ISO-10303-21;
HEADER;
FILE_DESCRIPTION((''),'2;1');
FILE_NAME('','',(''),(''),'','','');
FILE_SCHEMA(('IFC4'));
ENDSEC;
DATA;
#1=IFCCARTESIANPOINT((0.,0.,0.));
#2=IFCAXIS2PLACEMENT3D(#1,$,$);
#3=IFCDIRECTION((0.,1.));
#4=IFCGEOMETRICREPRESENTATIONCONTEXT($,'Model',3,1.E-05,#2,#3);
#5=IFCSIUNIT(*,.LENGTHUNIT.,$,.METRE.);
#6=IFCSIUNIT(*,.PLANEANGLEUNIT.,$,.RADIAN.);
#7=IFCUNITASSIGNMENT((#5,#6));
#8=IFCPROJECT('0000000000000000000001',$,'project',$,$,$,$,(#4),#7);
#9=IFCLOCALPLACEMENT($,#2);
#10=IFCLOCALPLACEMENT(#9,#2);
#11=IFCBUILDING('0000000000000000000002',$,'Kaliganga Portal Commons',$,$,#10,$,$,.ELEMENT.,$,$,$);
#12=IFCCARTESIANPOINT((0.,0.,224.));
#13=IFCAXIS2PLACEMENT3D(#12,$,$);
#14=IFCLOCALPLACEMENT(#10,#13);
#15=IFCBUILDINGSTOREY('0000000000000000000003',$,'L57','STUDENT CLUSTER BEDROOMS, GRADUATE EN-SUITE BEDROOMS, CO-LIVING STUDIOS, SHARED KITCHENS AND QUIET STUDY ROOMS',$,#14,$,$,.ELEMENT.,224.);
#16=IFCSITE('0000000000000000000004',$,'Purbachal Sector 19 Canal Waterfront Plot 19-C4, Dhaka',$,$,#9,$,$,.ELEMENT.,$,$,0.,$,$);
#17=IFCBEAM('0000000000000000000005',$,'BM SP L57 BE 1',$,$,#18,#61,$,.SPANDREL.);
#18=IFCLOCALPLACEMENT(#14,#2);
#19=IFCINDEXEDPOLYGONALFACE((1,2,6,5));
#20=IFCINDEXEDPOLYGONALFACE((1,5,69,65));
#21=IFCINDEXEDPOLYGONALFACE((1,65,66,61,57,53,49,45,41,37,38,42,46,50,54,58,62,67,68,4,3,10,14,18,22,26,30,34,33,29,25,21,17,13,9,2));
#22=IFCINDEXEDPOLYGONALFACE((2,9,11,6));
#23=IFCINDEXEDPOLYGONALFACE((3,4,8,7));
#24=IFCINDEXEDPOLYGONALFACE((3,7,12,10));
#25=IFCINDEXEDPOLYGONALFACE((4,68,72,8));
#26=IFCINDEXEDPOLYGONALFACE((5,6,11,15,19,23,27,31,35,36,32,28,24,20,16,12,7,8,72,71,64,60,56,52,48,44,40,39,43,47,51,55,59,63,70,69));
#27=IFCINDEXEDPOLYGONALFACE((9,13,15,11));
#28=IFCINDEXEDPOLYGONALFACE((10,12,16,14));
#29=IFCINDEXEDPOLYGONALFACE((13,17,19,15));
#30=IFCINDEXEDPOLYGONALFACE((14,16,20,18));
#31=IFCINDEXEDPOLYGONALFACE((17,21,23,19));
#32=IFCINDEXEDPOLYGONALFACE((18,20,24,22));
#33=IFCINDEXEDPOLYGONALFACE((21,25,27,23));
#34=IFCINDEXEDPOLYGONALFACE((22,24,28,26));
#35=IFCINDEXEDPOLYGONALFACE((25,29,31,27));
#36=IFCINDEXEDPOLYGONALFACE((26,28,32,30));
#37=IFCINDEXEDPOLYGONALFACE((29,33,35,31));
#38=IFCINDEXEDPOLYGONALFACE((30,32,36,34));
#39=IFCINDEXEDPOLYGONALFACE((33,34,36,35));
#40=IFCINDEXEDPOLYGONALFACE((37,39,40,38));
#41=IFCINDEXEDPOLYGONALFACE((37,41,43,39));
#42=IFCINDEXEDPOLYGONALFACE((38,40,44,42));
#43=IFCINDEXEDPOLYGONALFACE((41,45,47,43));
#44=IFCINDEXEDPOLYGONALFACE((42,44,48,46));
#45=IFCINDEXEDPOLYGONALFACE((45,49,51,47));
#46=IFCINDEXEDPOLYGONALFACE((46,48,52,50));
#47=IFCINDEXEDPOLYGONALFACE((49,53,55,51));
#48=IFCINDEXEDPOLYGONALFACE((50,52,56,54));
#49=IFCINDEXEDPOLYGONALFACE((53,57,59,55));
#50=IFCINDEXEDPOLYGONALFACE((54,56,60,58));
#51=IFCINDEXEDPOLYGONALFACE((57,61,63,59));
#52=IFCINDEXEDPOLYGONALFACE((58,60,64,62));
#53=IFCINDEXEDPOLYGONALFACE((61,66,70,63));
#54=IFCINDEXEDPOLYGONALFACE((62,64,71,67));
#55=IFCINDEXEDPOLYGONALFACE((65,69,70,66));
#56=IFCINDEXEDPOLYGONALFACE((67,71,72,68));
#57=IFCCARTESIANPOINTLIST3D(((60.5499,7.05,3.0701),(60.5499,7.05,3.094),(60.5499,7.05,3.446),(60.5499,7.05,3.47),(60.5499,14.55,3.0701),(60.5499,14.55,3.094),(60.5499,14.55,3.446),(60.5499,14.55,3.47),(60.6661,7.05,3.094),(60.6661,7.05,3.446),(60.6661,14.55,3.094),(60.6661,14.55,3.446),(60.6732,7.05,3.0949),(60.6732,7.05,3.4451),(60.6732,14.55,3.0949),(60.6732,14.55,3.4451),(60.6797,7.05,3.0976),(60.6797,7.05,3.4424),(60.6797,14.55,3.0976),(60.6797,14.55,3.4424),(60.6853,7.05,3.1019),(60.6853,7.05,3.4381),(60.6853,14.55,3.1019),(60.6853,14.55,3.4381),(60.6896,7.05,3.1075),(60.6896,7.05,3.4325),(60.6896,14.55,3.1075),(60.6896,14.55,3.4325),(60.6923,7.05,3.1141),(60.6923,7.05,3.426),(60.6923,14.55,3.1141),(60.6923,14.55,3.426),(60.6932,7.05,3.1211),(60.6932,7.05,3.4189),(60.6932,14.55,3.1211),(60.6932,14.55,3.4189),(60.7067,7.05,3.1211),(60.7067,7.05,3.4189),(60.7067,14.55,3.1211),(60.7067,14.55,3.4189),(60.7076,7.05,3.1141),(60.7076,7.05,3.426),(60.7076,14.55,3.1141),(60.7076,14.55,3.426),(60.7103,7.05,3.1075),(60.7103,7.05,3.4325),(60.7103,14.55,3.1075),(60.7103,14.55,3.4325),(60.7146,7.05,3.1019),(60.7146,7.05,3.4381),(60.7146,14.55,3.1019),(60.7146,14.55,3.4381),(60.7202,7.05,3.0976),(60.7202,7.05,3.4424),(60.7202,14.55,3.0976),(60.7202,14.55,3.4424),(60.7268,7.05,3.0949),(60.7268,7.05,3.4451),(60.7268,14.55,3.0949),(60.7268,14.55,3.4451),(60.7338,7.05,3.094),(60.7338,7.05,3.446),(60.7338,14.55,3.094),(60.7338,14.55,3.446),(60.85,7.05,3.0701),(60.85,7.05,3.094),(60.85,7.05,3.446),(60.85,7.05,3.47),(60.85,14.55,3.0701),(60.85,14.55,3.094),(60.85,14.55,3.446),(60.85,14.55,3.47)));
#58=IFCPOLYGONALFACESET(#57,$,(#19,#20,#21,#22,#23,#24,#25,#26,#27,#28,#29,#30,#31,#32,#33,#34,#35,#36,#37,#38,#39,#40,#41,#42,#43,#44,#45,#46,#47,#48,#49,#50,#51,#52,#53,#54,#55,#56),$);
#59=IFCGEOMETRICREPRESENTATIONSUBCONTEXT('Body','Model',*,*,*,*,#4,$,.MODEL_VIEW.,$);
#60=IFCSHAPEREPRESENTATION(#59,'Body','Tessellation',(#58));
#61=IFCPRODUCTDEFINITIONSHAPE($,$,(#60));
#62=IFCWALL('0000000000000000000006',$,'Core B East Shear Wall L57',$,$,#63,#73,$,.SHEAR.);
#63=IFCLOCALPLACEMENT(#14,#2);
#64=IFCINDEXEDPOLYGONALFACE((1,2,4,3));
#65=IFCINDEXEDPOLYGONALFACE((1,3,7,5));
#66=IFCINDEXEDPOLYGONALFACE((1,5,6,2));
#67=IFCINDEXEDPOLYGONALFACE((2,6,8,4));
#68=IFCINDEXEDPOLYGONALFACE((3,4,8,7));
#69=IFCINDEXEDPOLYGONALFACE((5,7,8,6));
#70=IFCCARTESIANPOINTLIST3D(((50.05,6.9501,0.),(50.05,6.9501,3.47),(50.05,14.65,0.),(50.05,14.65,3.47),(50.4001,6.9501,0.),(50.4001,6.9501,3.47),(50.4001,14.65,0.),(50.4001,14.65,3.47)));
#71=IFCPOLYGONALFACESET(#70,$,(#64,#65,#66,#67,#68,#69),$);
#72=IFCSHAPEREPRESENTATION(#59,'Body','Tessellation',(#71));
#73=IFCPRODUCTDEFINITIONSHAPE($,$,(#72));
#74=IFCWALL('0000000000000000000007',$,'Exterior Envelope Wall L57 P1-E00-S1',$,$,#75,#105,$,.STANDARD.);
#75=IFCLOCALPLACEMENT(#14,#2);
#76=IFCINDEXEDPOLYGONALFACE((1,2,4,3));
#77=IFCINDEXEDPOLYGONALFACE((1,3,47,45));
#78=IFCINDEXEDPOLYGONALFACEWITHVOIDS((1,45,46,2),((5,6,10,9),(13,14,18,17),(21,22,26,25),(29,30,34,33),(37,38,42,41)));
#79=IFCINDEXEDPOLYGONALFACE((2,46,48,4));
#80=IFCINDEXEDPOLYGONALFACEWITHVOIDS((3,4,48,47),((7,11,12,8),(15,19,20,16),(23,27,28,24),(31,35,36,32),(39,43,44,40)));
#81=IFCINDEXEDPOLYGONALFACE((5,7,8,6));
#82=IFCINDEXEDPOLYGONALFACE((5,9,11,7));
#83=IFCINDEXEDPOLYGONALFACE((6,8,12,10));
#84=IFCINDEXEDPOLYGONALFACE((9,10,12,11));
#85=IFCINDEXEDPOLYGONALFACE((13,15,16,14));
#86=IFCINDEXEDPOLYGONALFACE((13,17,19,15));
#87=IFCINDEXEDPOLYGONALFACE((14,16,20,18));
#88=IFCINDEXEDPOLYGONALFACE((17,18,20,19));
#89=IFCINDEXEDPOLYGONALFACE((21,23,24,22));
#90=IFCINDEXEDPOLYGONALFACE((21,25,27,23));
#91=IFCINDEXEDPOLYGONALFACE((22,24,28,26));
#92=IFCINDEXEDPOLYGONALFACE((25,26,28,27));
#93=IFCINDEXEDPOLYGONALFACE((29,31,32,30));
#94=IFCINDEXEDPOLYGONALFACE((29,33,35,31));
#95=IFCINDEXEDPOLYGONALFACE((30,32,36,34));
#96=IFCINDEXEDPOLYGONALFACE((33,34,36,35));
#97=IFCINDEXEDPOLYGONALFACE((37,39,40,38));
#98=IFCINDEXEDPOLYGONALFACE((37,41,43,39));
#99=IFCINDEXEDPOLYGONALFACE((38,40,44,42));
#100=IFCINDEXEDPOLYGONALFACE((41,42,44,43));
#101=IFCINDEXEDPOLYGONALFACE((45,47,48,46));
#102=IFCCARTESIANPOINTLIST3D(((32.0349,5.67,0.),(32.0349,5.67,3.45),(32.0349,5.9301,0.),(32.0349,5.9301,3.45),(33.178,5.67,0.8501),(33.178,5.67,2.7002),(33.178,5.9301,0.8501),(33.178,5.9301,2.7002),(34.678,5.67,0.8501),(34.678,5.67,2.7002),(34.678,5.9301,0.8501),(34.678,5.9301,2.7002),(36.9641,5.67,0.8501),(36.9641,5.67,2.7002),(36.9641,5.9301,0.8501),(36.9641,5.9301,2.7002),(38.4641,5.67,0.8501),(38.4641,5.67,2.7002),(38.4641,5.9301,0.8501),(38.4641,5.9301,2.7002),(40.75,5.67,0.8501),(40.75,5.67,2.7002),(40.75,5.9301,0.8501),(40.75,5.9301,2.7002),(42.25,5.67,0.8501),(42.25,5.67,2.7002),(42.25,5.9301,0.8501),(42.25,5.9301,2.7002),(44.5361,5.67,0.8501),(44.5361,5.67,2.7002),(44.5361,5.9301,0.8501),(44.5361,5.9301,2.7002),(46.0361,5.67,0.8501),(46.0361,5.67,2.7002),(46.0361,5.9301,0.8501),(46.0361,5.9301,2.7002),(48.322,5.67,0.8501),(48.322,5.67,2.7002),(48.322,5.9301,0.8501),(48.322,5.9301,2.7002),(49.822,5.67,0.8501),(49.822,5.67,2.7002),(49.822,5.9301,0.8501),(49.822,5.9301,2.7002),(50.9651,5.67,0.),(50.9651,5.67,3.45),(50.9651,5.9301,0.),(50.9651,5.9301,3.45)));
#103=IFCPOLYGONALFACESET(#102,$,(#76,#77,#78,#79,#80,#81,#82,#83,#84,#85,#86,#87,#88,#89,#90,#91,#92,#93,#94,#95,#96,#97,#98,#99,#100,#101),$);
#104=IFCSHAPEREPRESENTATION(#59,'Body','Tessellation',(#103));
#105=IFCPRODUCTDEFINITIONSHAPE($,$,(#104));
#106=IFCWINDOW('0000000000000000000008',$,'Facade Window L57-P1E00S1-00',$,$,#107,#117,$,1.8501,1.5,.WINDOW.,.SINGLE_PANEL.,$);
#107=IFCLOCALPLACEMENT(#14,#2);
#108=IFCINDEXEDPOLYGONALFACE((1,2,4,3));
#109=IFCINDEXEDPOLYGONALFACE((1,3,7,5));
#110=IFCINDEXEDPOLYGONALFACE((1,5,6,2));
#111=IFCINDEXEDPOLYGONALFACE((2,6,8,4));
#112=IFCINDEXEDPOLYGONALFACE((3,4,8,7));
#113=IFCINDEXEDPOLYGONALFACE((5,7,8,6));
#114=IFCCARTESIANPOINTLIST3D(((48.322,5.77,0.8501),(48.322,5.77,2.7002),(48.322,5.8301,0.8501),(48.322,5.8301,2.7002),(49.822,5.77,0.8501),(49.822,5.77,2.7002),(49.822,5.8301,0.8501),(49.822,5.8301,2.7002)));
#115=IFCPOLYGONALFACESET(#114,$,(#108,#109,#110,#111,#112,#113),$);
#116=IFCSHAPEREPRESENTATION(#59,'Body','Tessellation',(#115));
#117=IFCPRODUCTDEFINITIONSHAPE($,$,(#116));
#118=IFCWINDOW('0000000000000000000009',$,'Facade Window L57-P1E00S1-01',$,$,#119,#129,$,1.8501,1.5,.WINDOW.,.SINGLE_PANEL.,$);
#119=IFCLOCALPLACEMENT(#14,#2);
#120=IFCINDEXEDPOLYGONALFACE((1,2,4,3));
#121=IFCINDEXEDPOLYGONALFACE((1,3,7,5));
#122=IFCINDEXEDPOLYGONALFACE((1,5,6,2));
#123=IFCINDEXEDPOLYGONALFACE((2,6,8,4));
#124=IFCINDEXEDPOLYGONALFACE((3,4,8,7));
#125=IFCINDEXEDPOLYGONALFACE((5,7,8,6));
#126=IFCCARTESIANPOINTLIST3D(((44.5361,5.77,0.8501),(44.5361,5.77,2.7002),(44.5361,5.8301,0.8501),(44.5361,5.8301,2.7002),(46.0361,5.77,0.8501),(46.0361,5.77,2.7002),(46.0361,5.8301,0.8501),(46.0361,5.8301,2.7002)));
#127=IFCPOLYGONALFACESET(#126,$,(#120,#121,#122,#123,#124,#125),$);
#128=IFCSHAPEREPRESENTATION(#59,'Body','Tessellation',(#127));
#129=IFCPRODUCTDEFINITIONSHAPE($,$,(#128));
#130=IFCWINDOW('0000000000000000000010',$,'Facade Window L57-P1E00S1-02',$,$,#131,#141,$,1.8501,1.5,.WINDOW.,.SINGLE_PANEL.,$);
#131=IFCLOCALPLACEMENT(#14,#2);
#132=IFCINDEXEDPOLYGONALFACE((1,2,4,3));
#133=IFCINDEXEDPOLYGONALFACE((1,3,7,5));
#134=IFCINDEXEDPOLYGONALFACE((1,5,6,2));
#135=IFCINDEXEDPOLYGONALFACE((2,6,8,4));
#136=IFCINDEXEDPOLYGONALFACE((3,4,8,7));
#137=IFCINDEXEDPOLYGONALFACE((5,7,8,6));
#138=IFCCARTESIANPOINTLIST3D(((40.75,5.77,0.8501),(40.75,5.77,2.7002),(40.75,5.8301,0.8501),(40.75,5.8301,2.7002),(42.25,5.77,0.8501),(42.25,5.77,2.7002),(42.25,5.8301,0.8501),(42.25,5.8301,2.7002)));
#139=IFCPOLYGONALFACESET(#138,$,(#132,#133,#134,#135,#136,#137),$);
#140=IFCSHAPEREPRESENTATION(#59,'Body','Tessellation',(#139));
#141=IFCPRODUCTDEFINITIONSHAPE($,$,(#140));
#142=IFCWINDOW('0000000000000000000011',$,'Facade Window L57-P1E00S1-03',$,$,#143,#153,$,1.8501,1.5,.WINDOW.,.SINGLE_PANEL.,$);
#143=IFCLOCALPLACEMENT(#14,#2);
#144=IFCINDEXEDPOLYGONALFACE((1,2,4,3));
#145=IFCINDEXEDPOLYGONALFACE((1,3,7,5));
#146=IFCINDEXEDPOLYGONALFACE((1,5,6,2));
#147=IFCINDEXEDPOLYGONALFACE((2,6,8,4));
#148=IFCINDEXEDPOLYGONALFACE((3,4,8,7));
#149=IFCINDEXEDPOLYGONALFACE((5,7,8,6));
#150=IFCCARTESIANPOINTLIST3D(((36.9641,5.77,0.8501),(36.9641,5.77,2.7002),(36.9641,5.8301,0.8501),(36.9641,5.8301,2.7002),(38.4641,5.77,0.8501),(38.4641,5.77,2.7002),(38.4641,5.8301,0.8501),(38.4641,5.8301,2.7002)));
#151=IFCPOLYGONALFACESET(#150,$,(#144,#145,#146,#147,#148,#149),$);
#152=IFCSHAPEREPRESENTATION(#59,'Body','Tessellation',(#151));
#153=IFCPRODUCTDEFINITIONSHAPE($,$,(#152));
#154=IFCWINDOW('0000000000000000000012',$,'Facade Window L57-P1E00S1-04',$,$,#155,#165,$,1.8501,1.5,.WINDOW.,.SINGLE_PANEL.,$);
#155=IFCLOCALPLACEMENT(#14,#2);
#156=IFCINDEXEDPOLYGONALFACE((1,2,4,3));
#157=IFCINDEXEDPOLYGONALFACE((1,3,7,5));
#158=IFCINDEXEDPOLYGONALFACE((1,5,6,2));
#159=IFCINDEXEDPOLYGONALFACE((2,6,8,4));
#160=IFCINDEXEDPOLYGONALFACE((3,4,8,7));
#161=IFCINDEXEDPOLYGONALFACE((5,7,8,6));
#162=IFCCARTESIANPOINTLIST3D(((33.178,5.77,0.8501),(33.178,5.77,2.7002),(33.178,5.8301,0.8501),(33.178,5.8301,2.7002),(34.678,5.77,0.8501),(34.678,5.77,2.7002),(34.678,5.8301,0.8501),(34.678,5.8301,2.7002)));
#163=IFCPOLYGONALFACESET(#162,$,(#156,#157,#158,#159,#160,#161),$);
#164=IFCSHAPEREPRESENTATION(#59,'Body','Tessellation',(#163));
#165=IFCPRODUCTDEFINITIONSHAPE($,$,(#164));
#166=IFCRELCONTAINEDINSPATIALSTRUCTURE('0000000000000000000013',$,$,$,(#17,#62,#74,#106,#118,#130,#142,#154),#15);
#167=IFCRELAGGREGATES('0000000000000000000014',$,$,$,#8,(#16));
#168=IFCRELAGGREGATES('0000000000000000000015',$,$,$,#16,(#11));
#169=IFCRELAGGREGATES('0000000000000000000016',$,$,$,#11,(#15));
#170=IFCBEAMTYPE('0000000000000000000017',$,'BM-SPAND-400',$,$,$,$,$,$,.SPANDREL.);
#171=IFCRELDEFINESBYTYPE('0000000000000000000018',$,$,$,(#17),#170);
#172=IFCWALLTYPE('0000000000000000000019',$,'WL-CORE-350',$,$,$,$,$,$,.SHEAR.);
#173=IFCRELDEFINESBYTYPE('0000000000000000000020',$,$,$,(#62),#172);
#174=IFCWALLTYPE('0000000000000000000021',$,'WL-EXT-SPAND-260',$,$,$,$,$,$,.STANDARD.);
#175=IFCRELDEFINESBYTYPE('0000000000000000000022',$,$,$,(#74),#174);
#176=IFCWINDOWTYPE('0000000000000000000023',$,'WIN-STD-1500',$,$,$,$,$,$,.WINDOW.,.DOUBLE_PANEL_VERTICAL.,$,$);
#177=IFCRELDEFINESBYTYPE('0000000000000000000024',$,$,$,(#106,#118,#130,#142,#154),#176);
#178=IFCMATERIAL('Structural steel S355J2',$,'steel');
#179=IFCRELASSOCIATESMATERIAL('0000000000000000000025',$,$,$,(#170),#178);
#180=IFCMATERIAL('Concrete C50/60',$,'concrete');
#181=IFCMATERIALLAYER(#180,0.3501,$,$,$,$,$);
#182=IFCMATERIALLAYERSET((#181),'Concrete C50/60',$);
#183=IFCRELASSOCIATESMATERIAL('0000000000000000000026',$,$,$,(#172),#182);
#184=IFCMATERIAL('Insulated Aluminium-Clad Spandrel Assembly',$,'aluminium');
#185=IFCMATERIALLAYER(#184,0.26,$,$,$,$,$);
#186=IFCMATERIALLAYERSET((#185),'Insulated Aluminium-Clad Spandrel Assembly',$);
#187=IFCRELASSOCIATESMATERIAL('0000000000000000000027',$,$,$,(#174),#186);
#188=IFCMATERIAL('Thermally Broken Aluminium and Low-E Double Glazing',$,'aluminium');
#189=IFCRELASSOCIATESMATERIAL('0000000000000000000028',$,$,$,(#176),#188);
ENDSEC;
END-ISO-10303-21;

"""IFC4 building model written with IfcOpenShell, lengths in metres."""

from ifc_helpers import new_model, si_unit, direction, frame, frame_2d, origin, origin_2d, place, context, subcontext, project, spatial, rectangle, i_section, extrude, source, transform, mapped, material, layer, layer_set, material_profile, profile_set, type_object, element, fill, save


model = new_model("IFC4")

# Units and contexts
model_context = context("Model", 3, precision=1e-05, world=origin(), true_north=direction((0.0, 1.0)))
body_context = subcontext(model_context, "Body", "Model", "MODEL_VIEW")
ifc_project = project(units=[si_unit("LENGTHUNIT", "METRE"), si_unit("PLANEANGLEUNIT", "RADIAN")], contexts=[model_context])

# Site, building, storey
site_placement = place(None, origin())
site = spatial("IfcSite", under=ifc_project, at=site_placement, Name="Purbachal Sector 19 Canal Waterfront Plot 19-C4, Dhaka", CompositionType="ELEMENT", RefElevation=0.0)
building_placement = place(site_placement, origin())
building = spatial("IfcBuilding", under=site, at=building_placement, Name="Kaliganga Portal Commons", CompositionType="ELEMENT")
storey_placement = place(building_placement, frame((0.0, 0.0, 224.0)))
storey = spatial("IfcBuildingStorey", under=building, at=storey_placement, Name="L57", Description="STUDENT CLUSTER BEDROOMS, GRADUATE EN-SUITE BEDROOMS, CO-LIVING STUDIOS, SHARED KITCHENS AND QUIET STUDY ROOMS", CompositionType="ELEMENT", Elevation=224.0)

# Shared definitions
ifc_material_1 = material(Name="Concrete C50/60", Category="concrete")
ifc_material_2 = material(Name="Structural steel S355J2", Category="steel")

# Beam
ifc_material_profile_1 = material_profile(ifc_material_2, i_section(OverallWidth=0.3, OverallDepth=0.3999, WebThickness=0.0134, FlangeThickness=0.0239, FilletRadius=0.0271, at=origin_2d()), Name="HE 400 B")
ifc_profile_set_1 = profile_set([ifc_material_profile_1], Name="Structural steel S355J2 wide-flange")
beam_type_1 = type_object("IfcBeamType", Name="BM-SPAND-400", PredefinedType="SPANDREL", material=ifc_profile_set_1)
shared_shape_1 = source(origin(), body_context, "Body", "SweptSolid", [
    extrude(i_section(OverallWidth=0.3, OverallDepth=0.3999, WebThickness=0.0134, FlangeThickness=0.0239, FilletRadius=0.0271, at=origin_2d()), origin(), (0.0, 0.0, 1.0), 7.5),
])
beam_1_placement = place(storey_placement, frame((60.7, 7.05, 3.27), z_axis=(0.0, 1.0, 0.0), x_axis=(-1.0, 0.0, 0.0)))
element("IfcBeam", 1, at=beam_1_placement, inside=storey, type_object=beam_type_1, Name="BM SP L57 BE 1", PredefinedType="SPANDREL", context=body_context, shape_type="MappedRepresentation", body=[
    mapped(shared_shape_1, transform((0.0, 0.0, 0.0), x_axis=(1.0, 0.0, 0.0), y_axis=(0.0, 1.0, 0.0), z_axis=(0.0, 0.0, 1.0), scale=1.0)),
])

# Wall
ifc_layer_1 = layer(ifc_material_1, 0.3501)
ifc_layer_set_1 = layer_set([ifc_layer_1], Name="Concrete C50/60")
wall_type_1 = type_object("IfcWallType", Name="WL-CORE-350", PredefinedType="SHEAR", material=ifc_layer_set_1)
wall_1_placement = place(storey_placement, frame((50.2251, 6.95, 0.0), z_axis=(0.0, 0.0, 1.0), x_axis=(0.0, 1.0, 0.0)))
element("IfcWall", 2, at=wall_1_placement, inside=storey, type_object=wall_type_1, Name="Core B East Shear Wall L57", PredefinedType="SHEAR", context=body_context, shape_type="SweptSolid", body=[
    extrude(rectangle(XDim=7.7, YDim=0.3501, at=frame_2d((3.8501, 0.0))), origin(), (0.0, 0.0, 1.0), 3.47),
])

# Wall, openings, windows
ifc_material_3 = material(Name="Insulated Aluminium-Clad Spandrel Assembly", Category="aluminium")
ifc_layer_2 = layer(ifc_material_3, 0.26)
ifc_layer_set_2 = layer_set([ifc_layer_2], Name="Insulated Aluminium-Clad Spandrel Assembly")
wall_type_2 = type_object("IfcWallType", Name="WL-EXT-SPAND-260", PredefinedType="STANDARD", material=ifc_layer_set_2)
wall_2_placement = place(storey_placement, frame((50.9651, 5.8, 0.0), z_axis=(0.0, 0.0, 1.0), x_axis=(-1.0, 0.0, 0.0)))
wall_2 = element("IfcWall", 3, at=wall_2_placement, inside=storey, type_object=wall_type_2, Name="Exterior Envelope Wall L57 P1-E00-S1", PredefinedType="STANDARD", context=body_context, shape_type="SweptSolid", body=[
    extrude(rectangle(XDim=18.9302, YDim=0.26, at=frame_2d((9.4651, 0.0))), origin(), (0.0, 0.0, 1.0), 3.45),
])
opening_1_placement = place(wall_2_placement, frame((1.1431, 0.0, 0.8501)))
opening_1 = element("IfcOpeningElement", 4, at=opening_1_placement, cuts=wall_2, PredefinedType="OPENING", context=body_context, shape_type="SweptSolid", body=[
    extrude(rectangle(XDim=1.5, YDim=1.8501, at=frame_2d((0.75, 0.925))), frame((0.0, 0.1401, 0.0), z_axis=(0.0, -1.0, 0.0), x_axis=(1.0, 0.0, 0.0)), (0.0, 0.0, 1.0), 0.28),
])
opening_2_placement = place(wall_2_placement, frame((4.929, 0.0, 0.8501)))
opening_2 = element("IfcOpeningElement", 5, at=opening_2_placement, cuts=wall_2, PredefinedType="OPENING", context=body_context, shape_type="SweptSolid", body=[
    extrude(rectangle(XDim=1.5, YDim=1.8501, at=frame_2d((0.75, 0.925))), frame((0.0, 0.1401, 0.0), z_axis=(0.0, -1.0, 0.0), x_axis=(1.0, 0.0, 0.0)), (0.0, 0.0, 1.0), 0.28),
])
opening_3_placement = place(wall_2_placement, frame((8.7151, 0.0, 0.8501)))
opening_3 = element("IfcOpeningElement", 6, at=opening_3_placement, cuts=wall_2, PredefinedType="OPENING", context=body_context, shape_type="SweptSolid", body=[
    extrude(rectangle(XDim=1.5, YDim=1.8501, at=frame_2d((0.75, 0.925))), frame((0.0, 0.1401, 0.0), z_axis=(0.0, -1.0, 0.0), x_axis=(1.0, 0.0, 0.0)), (0.0, 0.0, 1.0), 0.28),
])
opening_4_placement = place(wall_2_placement, frame((12.501, 0.0, 0.8501)))
opening_4 = element("IfcOpeningElement", 7, at=opening_4_placement, cuts=wall_2, PredefinedType="OPENING", context=body_context, shape_type="SweptSolid", body=[
    extrude(rectangle(XDim=1.5, YDim=1.8501, at=frame_2d((0.75, 0.925))), frame((0.0, 0.1401, 0.0), z_axis=(0.0, -1.0, 0.0), x_axis=(1.0, 0.0, 0.0)), (0.0, 0.0, 1.0), 0.28),
])
opening_5_placement = place(wall_2_placement, frame((16.2871, 0.0, 0.8501)))
opening_5 = element("IfcOpeningElement", 8, at=opening_5_placement, cuts=wall_2, PredefinedType="OPENING", context=body_context, shape_type="SweptSolid", body=[
    extrude(rectangle(XDim=1.5, YDim=1.8501, at=frame_2d((0.75, 0.925))), frame((0.0, 0.1401, 0.0), z_axis=(0.0, -1.0, 0.0), x_axis=(1.0, 0.0, 0.0)), (0.0, 0.0, 1.0), 0.28),
])
ifc_material_4 = material(Name="Thermally Broken Aluminium and Low-E Double Glazing", Category="aluminium")
window_type_1 = type_object("IfcWindowType", Name="WIN-STD-1500", PartitioningType="DOUBLE_PANEL_VERTICAL", PredefinedType="WINDOW", material=ifc_material_4)
window_1_placement = place(opening_1_placement, origin())
window_1 = element("IfcWindow", 9, at=window_1_placement, inside=storey, type_object=window_type_1, Name="Facade Window L57-P1E00S1-00", OverallHeight=1.8501, OverallWidth=1.5, PartitioningType="SINGLE_PANEL", PredefinedType="WINDOW", context=body_context, shape_type="SweptSolid", body=[
    extrude(rectangle(XDim=1.5, YDim=1.8501, at=frame_2d((0.75, 0.925))), frame((0.0, 0.03, 0.0), z_axis=(0.0, -1.0, 0.0), x_axis=(1.0, 0.0, 0.0)), (0.0, 0.0, 1.0), 0.0601),
])
fill(opening_1, window_1)
window_2_placement = place(opening_2_placement, origin())
window_2 = element("IfcWindow", 10, at=window_2_placement, inside=storey, type_object=window_type_1, Name="Facade Window L57-P1E00S1-01", OverallHeight=1.8501, OverallWidth=1.5, PartitioningType="SINGLE_PANEL", PredefinedType="WINDOW", context=body_context, shape_type="SweptSolid", body=[
    extrude(rectangle(XDim=1.5, YDim=1.8501, at=frame_2d((0.75, 0.925))), frame((0.0, 0.03, 0.0), z_axis=(0.0, -1.0, 0.0), x_axis=(1.0, 0.0, 0.0)), (0.0, 0.0, 1.0), 0.0601),
])
fill(opening_2, window_2)
window_3_placement = place(opening_3_placement, origin())
window_3 = element("IfcWindow", 11, at=window_3_placement, inside=storey, type_object=window_type_1, Name="Facade Window L57-P1E00S1-02", OverallHeight=1.8501, OverallWidth=1.5, PartitioningType="SINGLE_PANEL", PredefinedType="WINDOW", context=body_context, shape_type="SweptSolid", body=[
    extrude(rectangle(XDim=1.5, YDim=1.8501, at=frame_2d((0.75, 0.925))), frame((0.0, 0.03, 0.0), z_axis=(0.0, -1.0, 0.0), x_axis=(1.0, 0.0, 0.0)), (0.0, 0.0, 1.0), 0.0601),
])
fill(opening_3, window_3)
window_4_placement = place(opening_4_placement, origin())
window_4 = element("IfcWindow", 12, at=window_4_placement, inside=storey, type_object=window_type_1, Name="Facade Window L57-P1E00S1-03", OverallHeight=1.8501, OverallWidth=1.5, PartitioningType="SINGLE_PANEL", PredefinedType="WINDOW", context=body_context, shape_type="SweptSolid", body=[
    extrude(rectangle(XDim=1.5, YDim=1.8501, at=frame_2d((0.75, 0.925))), frame((0.0, 0.03, 0.0), z_axis=(0.0, -1.0, 0.0), x_axis=(1.0, 0.0, 0.0)), (0.0, 0.0, 1.0), 0.0601),
])
fill(opening_4, window_4)
window_5_placement = place(opening_5_placement, origin())
window_5 = element("IfcWindow", 13, at=window_5_placement, inside=storey, type_object=window_type_1, Name="Facade Window L57-P1E00S1-04", OverallHeight=1.8501, OverallWidth=1.5, PartitioningType="SINGLE_PANEL", PredefinedType="WINDOW", context=body_context, shape_type="SweptSolid", body=[
    extrude(rectangle(XDim=1.5, YDim=1.8501, at=frame_2d((0.75, 0.925))), frame((0.0, 0.03, 0.0), z_axis=(0.0, -1.0, 0.0), x_axis=(1.0, 0.0, 0.0)), (0.0, 0.0, 1.0), 0.0601),
])
fill(opening_5, window_5)

save(model, "model.ifc")
